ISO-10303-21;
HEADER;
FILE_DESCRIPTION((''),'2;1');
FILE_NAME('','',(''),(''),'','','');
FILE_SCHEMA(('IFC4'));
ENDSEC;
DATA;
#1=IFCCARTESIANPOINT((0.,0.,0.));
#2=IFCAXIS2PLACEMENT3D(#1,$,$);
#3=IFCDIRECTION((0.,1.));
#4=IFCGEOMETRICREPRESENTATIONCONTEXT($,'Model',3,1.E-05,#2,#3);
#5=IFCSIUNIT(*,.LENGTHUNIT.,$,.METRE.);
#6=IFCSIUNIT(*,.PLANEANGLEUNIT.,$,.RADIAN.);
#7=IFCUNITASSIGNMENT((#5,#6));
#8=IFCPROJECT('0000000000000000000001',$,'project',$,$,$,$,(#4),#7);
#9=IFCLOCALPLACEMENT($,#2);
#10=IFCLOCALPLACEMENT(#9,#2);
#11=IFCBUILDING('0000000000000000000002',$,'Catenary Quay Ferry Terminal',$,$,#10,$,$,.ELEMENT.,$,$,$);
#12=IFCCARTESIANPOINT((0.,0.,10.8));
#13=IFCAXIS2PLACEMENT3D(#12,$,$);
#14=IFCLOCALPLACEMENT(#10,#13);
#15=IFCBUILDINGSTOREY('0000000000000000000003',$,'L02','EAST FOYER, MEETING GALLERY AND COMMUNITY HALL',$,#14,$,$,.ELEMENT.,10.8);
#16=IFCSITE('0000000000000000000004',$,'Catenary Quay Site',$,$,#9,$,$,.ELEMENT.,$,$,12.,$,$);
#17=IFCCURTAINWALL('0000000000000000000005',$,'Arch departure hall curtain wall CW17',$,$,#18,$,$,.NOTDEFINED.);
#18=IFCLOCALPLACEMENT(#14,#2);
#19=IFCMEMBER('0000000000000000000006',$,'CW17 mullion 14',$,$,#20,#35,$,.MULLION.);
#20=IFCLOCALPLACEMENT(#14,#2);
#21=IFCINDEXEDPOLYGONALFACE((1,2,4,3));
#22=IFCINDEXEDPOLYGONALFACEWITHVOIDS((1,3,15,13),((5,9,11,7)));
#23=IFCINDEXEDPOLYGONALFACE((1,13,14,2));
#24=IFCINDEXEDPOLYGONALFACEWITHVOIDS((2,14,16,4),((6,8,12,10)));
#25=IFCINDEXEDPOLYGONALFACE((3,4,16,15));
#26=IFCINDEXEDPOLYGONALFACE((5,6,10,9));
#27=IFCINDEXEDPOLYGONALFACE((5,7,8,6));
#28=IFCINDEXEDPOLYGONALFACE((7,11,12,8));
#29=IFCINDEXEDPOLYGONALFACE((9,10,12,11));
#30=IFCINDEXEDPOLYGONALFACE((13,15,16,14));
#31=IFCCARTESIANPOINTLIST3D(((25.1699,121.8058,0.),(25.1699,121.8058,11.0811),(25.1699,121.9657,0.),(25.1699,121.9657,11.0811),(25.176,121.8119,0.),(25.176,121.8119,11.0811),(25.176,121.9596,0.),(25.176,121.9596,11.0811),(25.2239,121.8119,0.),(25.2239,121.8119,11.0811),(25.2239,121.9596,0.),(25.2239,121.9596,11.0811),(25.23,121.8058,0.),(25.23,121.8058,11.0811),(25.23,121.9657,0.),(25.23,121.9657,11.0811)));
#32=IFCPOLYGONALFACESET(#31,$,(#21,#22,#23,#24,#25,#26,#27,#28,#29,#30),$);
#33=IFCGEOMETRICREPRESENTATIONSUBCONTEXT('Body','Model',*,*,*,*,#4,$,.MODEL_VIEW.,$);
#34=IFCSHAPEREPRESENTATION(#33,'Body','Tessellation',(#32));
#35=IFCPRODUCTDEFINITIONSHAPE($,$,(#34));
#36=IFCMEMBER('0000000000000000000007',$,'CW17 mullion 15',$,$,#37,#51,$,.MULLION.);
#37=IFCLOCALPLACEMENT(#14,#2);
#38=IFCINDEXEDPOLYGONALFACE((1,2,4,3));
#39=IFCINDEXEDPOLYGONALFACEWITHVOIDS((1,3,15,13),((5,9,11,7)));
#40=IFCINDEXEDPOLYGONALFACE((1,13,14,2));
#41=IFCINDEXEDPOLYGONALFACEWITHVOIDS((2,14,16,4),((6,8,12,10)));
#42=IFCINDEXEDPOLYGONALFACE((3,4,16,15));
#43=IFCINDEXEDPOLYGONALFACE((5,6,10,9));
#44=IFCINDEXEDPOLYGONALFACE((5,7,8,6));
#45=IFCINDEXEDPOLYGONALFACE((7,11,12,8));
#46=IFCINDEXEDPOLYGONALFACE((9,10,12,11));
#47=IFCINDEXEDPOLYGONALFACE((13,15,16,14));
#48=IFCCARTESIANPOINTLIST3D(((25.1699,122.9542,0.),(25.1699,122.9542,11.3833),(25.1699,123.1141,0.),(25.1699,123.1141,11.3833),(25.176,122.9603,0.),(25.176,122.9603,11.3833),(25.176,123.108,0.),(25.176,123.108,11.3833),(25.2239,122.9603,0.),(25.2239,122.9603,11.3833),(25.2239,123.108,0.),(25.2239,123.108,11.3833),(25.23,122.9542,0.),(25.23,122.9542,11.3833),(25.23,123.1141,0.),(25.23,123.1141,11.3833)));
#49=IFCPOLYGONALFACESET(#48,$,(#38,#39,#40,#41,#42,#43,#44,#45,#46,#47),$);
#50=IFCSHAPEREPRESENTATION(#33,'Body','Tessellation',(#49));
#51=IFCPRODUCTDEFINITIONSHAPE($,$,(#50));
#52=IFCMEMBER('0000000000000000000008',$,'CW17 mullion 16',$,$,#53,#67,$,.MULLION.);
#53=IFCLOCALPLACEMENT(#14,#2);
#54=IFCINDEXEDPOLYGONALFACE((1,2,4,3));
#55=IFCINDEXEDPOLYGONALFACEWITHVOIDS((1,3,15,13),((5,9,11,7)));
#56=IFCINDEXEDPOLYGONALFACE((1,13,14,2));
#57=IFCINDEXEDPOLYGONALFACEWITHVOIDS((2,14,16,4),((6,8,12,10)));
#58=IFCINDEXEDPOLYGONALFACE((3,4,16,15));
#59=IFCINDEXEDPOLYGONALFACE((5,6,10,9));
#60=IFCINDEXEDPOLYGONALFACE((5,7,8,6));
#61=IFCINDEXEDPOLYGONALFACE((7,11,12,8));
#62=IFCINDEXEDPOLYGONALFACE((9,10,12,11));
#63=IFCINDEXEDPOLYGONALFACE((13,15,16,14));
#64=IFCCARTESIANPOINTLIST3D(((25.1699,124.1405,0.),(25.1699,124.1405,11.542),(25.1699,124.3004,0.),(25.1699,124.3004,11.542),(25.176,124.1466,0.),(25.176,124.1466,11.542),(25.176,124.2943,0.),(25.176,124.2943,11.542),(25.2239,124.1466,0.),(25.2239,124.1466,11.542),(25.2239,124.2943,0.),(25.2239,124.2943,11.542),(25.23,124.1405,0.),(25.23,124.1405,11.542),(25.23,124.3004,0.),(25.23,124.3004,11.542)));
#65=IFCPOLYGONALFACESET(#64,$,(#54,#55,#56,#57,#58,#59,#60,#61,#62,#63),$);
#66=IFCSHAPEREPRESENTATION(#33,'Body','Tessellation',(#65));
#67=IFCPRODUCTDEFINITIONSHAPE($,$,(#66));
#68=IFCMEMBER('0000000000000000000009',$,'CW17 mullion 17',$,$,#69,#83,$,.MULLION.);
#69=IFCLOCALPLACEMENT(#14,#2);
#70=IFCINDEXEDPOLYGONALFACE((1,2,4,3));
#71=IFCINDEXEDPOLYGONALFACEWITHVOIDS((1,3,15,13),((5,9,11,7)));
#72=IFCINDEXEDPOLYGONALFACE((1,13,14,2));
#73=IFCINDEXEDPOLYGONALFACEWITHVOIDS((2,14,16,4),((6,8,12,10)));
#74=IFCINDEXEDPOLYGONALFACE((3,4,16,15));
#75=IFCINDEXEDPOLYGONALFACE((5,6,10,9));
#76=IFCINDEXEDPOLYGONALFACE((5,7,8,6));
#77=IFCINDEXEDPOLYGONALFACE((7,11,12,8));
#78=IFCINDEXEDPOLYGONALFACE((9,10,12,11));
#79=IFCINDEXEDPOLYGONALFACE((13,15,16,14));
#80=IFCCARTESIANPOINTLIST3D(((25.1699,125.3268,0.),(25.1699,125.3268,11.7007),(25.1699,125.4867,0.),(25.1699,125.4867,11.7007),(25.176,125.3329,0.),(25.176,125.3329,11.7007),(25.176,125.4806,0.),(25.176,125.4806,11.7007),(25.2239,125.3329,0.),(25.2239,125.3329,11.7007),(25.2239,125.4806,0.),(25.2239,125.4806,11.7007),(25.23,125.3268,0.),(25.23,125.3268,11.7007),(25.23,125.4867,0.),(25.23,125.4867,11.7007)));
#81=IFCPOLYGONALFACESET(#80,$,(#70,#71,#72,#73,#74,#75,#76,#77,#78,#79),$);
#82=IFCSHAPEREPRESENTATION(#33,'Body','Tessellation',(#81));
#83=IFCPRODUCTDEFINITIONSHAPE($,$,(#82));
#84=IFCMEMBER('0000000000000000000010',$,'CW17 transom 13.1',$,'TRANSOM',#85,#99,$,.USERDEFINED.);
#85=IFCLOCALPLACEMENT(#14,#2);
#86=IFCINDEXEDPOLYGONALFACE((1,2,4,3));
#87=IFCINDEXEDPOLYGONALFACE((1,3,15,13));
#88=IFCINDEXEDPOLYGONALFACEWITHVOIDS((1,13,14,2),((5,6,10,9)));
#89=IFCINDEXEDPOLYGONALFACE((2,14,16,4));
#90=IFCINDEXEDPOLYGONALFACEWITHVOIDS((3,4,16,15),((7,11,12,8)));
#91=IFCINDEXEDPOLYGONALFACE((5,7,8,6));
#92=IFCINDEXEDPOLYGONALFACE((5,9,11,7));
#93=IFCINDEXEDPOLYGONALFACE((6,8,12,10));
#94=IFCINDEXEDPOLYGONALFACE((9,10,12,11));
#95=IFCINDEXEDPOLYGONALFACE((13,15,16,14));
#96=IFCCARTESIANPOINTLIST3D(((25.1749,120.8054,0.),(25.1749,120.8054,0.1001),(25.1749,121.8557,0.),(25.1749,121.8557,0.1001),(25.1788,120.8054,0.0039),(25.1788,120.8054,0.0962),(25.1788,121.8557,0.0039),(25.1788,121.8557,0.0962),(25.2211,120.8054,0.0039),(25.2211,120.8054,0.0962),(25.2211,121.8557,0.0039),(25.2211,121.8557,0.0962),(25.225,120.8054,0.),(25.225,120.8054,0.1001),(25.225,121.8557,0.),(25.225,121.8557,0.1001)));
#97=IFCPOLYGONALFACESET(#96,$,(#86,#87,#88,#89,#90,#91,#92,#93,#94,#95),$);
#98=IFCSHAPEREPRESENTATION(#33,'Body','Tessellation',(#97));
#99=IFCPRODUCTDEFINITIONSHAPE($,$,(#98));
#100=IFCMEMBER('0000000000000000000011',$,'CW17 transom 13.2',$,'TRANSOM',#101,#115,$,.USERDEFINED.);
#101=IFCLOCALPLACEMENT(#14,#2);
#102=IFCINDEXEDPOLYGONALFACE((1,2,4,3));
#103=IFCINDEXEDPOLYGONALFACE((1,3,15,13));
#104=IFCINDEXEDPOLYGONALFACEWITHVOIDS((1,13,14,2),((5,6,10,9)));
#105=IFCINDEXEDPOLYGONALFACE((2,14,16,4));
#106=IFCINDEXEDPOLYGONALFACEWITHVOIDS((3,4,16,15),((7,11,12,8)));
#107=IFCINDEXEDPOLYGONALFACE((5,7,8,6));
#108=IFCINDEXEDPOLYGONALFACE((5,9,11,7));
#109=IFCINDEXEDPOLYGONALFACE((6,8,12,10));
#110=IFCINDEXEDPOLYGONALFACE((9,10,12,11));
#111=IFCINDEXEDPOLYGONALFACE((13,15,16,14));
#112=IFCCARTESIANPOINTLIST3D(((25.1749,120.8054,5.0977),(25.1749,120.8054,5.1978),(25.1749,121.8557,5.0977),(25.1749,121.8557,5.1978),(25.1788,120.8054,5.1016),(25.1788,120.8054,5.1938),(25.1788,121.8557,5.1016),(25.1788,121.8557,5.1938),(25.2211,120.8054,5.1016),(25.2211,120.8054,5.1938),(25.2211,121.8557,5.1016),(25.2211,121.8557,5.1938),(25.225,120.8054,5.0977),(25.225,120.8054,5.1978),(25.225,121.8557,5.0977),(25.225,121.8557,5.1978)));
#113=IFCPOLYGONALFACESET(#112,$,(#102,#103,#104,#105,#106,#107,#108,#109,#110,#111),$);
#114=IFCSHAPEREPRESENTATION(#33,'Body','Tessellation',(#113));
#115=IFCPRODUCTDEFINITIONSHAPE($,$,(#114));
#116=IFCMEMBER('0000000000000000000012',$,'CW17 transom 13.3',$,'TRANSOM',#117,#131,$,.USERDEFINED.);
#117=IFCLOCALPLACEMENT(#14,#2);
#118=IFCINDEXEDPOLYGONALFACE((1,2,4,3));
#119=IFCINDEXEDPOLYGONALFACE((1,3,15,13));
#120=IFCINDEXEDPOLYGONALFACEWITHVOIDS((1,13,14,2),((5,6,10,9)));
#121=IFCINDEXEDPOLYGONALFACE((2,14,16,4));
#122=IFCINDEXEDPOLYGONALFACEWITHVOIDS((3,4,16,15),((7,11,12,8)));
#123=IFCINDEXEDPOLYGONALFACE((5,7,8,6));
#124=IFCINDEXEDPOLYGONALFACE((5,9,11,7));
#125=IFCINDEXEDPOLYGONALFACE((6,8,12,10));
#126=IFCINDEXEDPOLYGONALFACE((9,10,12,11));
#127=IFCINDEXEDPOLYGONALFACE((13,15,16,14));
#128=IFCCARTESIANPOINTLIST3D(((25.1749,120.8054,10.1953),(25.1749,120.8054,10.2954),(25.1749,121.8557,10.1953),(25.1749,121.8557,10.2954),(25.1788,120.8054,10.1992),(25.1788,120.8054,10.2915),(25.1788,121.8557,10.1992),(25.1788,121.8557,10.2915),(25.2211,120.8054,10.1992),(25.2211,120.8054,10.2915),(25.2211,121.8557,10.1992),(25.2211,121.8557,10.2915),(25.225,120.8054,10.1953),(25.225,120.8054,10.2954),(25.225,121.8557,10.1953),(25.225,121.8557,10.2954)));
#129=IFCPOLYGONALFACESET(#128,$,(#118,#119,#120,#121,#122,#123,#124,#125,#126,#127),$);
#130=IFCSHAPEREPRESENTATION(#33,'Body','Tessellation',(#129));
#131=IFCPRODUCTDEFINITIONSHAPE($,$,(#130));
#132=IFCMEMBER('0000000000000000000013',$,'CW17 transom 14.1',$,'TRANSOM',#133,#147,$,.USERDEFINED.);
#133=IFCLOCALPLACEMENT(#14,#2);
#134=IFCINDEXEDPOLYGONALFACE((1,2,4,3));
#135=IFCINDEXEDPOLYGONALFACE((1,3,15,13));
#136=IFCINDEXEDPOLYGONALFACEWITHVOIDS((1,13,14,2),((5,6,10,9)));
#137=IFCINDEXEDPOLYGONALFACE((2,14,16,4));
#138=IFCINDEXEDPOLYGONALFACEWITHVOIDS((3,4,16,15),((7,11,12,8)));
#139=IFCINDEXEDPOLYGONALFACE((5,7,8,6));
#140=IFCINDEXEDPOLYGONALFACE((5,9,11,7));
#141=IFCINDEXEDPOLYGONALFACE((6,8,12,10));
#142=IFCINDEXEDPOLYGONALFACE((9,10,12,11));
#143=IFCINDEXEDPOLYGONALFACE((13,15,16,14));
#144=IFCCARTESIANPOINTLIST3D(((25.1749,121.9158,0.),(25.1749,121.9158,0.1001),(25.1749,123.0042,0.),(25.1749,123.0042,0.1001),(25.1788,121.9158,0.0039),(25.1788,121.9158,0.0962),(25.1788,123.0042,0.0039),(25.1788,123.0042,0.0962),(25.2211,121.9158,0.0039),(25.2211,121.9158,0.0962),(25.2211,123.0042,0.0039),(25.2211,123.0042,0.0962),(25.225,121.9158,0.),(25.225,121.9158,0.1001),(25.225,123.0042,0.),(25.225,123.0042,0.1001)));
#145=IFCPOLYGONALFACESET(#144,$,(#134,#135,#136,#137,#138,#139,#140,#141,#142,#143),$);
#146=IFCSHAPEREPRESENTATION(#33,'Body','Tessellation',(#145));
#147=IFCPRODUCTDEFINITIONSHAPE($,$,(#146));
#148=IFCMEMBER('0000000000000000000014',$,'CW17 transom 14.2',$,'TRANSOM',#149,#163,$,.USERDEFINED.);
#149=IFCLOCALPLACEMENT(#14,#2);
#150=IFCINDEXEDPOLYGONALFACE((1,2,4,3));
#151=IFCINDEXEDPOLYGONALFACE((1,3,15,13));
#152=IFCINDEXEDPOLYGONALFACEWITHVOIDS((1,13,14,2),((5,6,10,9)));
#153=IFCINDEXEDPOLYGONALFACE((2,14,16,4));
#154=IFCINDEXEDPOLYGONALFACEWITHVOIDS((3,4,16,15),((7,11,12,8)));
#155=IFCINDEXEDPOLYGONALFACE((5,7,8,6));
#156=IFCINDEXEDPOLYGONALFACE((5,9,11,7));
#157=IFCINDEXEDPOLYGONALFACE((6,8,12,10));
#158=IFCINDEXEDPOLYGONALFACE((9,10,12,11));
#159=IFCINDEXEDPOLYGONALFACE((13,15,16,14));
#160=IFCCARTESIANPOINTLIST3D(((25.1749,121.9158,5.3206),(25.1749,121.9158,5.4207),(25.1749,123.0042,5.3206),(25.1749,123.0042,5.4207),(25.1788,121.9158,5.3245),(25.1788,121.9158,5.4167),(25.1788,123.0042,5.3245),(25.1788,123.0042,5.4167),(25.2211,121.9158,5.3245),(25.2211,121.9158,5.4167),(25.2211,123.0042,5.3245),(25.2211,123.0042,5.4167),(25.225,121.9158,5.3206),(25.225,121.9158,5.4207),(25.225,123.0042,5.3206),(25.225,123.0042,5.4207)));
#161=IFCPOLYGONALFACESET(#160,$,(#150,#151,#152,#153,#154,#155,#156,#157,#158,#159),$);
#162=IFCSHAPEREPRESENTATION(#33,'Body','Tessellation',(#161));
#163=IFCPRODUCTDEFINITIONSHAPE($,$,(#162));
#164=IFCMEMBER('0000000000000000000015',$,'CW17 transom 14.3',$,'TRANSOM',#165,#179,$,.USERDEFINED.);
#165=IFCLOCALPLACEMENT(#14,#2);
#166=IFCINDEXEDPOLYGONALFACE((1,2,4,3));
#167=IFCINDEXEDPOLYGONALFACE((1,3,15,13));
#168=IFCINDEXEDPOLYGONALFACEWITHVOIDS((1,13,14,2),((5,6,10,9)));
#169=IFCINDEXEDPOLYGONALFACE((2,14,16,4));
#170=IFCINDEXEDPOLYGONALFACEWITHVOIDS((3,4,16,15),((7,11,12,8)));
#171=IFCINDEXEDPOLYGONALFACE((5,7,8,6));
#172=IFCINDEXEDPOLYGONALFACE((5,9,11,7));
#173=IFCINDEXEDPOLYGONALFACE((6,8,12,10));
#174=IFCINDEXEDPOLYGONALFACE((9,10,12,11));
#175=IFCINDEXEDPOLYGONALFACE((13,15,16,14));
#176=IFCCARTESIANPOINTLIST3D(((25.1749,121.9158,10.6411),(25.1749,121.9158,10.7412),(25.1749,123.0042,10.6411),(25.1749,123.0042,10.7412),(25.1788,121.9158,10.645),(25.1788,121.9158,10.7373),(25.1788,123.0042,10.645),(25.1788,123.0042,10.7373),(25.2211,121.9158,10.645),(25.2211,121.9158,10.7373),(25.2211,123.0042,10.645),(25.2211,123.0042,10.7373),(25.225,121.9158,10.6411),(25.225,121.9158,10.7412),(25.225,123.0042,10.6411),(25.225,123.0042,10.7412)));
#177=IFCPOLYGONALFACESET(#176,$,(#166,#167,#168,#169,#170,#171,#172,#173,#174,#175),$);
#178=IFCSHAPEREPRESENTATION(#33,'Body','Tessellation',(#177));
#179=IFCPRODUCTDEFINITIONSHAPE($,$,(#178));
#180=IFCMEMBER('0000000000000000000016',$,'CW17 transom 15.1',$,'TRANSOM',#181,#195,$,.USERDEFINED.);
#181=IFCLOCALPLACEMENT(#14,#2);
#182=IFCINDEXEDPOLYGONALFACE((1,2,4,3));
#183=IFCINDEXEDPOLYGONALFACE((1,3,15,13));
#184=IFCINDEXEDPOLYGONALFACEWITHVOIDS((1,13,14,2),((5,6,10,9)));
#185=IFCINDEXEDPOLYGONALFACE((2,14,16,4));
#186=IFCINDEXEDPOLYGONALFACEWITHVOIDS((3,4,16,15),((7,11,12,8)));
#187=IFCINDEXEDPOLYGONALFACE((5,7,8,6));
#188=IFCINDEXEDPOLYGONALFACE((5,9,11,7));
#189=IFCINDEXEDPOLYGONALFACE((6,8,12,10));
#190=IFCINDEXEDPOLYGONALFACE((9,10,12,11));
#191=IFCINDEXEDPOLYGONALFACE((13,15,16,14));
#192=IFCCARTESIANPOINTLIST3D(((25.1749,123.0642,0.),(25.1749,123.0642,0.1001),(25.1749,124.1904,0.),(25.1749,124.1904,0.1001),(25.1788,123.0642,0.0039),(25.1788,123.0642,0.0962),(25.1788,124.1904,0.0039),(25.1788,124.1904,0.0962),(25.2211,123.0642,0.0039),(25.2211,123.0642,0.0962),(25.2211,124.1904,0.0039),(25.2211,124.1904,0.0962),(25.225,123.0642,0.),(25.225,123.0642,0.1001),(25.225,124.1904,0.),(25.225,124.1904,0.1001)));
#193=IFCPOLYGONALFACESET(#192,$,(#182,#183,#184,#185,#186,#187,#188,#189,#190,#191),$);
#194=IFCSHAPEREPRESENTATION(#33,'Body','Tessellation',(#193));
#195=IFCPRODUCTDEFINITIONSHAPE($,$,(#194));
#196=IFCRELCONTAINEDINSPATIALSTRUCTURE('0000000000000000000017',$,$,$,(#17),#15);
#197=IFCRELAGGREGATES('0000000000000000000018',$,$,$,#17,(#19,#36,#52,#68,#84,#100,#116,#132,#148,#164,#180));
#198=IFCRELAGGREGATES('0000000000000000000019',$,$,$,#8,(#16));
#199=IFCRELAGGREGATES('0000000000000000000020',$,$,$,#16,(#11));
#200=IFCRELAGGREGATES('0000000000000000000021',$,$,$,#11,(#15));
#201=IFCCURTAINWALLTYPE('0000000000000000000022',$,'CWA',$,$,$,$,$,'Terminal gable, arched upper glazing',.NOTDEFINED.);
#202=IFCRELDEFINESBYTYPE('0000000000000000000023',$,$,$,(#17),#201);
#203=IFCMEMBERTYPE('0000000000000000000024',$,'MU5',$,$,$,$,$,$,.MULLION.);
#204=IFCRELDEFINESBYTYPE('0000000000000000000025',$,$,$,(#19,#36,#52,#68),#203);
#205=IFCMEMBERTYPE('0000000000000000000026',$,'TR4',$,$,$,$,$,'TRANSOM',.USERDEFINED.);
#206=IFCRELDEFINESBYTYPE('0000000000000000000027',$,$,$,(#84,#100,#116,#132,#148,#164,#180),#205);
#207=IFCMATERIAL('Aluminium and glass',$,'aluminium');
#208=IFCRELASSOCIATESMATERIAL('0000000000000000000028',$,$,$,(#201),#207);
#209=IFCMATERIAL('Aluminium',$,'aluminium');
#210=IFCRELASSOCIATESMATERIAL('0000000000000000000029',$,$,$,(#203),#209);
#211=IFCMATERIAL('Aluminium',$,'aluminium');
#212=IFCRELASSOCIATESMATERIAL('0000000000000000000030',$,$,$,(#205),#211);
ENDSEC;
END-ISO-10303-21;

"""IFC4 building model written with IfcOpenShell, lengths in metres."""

from ifc_helpers import new_model, si_unit, direction, frame, origin, origin_2d, place, context, subcontext, project, spatial, hollow_rectangle, extrude, material, material_profile, profile_set, type_object, element, aggregate, save


model = new_model("IFC4")

# Units and contexts
model_context = context("Model", 3, precision=1e-05, world=origin(), true_north=direction((0.0, 1.0)))
body_context = subcontext(model_context, "Body", "Model", "MODEL_VIEW")
ifc_project = project(units=[si_unit("LENGTHUNIT", "METRE"), si_unit("PLANEANGLEUNIT", "RADIAN")], contexts=[model_context])

# Site, building, storey
site_placement = place(None, origin())
site = spatial("IfcSite", under=ifc_project, at=site_placement, Name="Catenary Quay Site", CompositionType="ELEMENT", RefElevation=12.0)
building_placement = place(site_placement, origin())
building = spatial("IfcBuilding", under=site, at=building_placement, Name="Catenary Quay Ferry Terminal", CompositionType="ELEMENT")
storey_placement = place(building_placement, frame((0.0, 0.0, 10.8)))
storey = spatial("IfcBuildingStorey", under=building, at=storey_placement, Name="L02", Description="EAST FOYER, MEETING GALLERY AND COMMUNITY HALL", CompositionType="ELEMENT", Elevation=10.8)

# Curtain wall, members
ifc_material_1 = material(Name="Aluminium and glass", Category="aluminium")
curtain_wall_type = type_object("IfcCurtainWallType", Name="CWA", ElementType="Terminal gable, arched upper glazing", PredefinedType="NOTDEFINED", material=ifc_material_1)
curtain_wall_placement = place(storey_placement, origin())
curtain_wall = element("IfcCurtainWall", 1, at=curtain_wall_placement, inside=storey, type_object=curtain_wall_type, Name="Arch departure hall curtain wall CW17", PredefinedType="NOTDEFINED")
ifc_material_2 = material(Name="Aluminium", Category="aluminium")
ifc_material_profile_1 = material_profile(ifc_material_2, hollow_rectangle(XDim=0.0601, YDim=0.1599, WallThickness=0.0061, at=origin_2d()), Name="MU5")
ifc_profile_set_1 = profile_set([ifc_material_profile_1], Name="Aluminium")
member_type_1 = type_object("IfcMemberType", Name="MU5", PredefinedType="MULLION", material=ifc_profile_set_1)
member_1_placement = place(storey_placement, frame((25.2, 121.8857, 0.0), z_axis=(0.0, 0.0, 1.0), x_axis=(-1.0, 0.0, 0.0)))
member_1 = element("IfcMember", 2, at=member_1_placement, type_object=member_type_1, Name="CW17 mullion 14", PredefinedType="MULLION", context=body_context, shape_type="SweptSolid", body=[
    extrude(hollow_rectangle(XDim=0.0601, YDim=0.1599, WallThickness=0.0061, at=origin_2d()), origin(), (0.0, 0.0, 1.0), 11.0811),
])
member_2_placement = place(storey_placement, frame((25.2, 123.0342, 0.0), z_axis=(0.0, 0.0, 1.0), x_axis=(-1.0, 0.0, 0.0)))
member_2 = element("IfcMember", 3, at=member_2_placement, type_object=member_type_1, Name="CW17 mullion 15", PredefinedType="MULLION", context=body_context, shape_type="SweptSolid", body=[
    extrude(hollow_rectangle(XDim=0.0601, YDim=0.1599, WallThickness=0.0061, at=origin_2d()), origin(), (0.0, 0.0, 1.0), 11.3833),
])
member_3_placement = place(storey_placement, frame((25.2, 124.2205, 0.0), z_axis=(0.0, 0.0, 1.0), x_axis=(-1.0, 0.0, 0.0)))
member_3 = element("IfcMember", 4, at=member_3_placement, type_object=member_type_1, Name="CW17 mullion 16", PredefinedType="MULLION", context=body_context, shape_type="SweptSolid", body=[
    extrude(hollow_rectangle(XDim=0.0601, YDim=0.1599, WallThickness=0.0061, at=origin_2d()), origin(), (0.0, 0.0, 1.0), 11.542),
])
member_4_placement = place(storey_placement, frame((25.2, 125.4067, 0.0), z_axis=(0.0, 0.0, 1.0), x_axis=(-1.0, 0.0, 0.0)))
member_4 = element("IfcMember", 5, at=member_4_placement, type_object=member_type_1, Name="CW17 mullion 17", PredefinedType="MULLION", context=body_context, shape_type="SweptSolid", body=[
    extrude(hollow_rectangle(XDim=0.0601, YDim=0.1599, WallThickness=0.0061, at=origin_2d()), origin(), (0.0, 0.0, 1.0), 11.7007),
])
ifc_material_3 = material(Name="Aluminium", Category="aluminium")
ifc_material_profile_2 = material_profile(ifc_material_3, hollow_rectangle(XDim=0.05, YDim=0.1001, WallThickness=0.0039, at=origin_2d()), Name="TR4")
ifc_profile_set_2 = profile_set([ifc_material_profile_2], Name="Aluminium")
member_type_2 = type_object("IfcMemberType", Name="TR4", ElementType="TRANSOM", PredefinedType="USERDEFINED", material=ifc_profile_set_2)
member_5_placement = place(storey_placement, frame((25.2, 120.8054, 0.05), z_axis=(0.0, 1.0, 0.0), x_axis=(-1.0, 0.0, 0.0)))
member_5 = element("IfcMember", 6, at=member_5_placement, type_object=member_type_2, Name="CW17 transom 13.1", ObjectType="TRANSOM", PredefinedType="USERDEFINED", context=body_context, shape_type="SweptSolid", body=[
    extrude(hollow_rectangle(XDim=0.05, YDim=0.1001, WallThickness=0.0039, at=origin_2d()), origin(), (0.0, 0.0, 1.0), 1.0503),
])
member_6_placement = place(storey_placement, frame((25.2, 120.8054, 5.1477), z_axis=(0.0, 1.0, 0.0), x_axis=(-1.0, 0.0, 0.0)))
member_6 = element("IfcMember", 7, at=member_6_placement, type_object=member_type_2, Name="CW17 transom 13.2", ObjectType="TRANSOM", PredefinedType="USERDEFINED", context=body_context, shape_type="SweptSolid", body=[
    extrude(hollow_rectangle(XDim=0.05, YDim=0.1001, WallThickness=0.0039, at=origin_2d()), origin(), (0.0, 0.0, 1.0), 1.0503),
])
member_7_placement = place(storey_placement, frame((25.2, 120.8054, 10.2454), z_axis=(0.0, 1.0, 0.0), x_axis=(-1.0, 0.0, 0.0)))
member_7 = element("IfcMember", 8, at=member_7_placement, type_object=member_type_2, Name="CW17 transom 13.3", ObjectType="TRANSOM", PredefinedType="USERDEFINED", context=body_context, shape_type="SweptSolid", body=[
    extrude(hollow_rectangle(XDim=0.05, YDim=0.1001, WallThickness=0.0039, at=origin_2d()), origin(), (0.0, 0.0, 1.0), 1.0503),
])
member_8_placement = place(storey_placement, frame((25.2, 121.9158, 0.05), z_axis=(0.0, 1.0, 0.0), x_axis=(-1.0, 0.0, 0.0)))
member_8 = element("IfcMember", 9, at=member_8_placement, type_object=member_type_2, Name="CW17 transom 14.1", ObjectType="TRANSOM", PredefinedType="USERDEFINED", context=body_context, shape_type="SweptSolid", body=[
    extrude(hollow_rectangle(XDim=0.05, YDim=0.1001, WallThickness=0.0039, at=origin_2d()), origin(), (0.0, 0.0, 1.0), 1.0884),
])
member_9_placement = place(storey_placement, frame((25.2, 121.9158, 5.3706), z_axis=(0.0, 1.0, 0.0), x_axis=(-1.0, 0.0, 0.0)))
member_9 = element("IfcMember", 10, at=member_9_placement, type_object=member_type_2, Name="CW17 transom 14.2", ObjectType="TRANSOM", PredefinedType="USERDEFINED", context=body_context, shape_type="SweptSolid", body=[
    extrude(hollow_rectangle(XDim=0.05, YDim=0.1001, WallThickness=0.0039, at=origin_2d()), origin(), (0.0, 0.0, 1.0), 1.0884),
])
member_10_placement = place(storey_placement, frame((25.2, 121.9158, 10.6912), z_axis=(0.0, 1.0, 0.0), x_axis=(-1.0, 0.0, 0.0)))
member_10 = element("IfcMember", 11, at=member_10_placement, type_object=member_type_2, Name="CW17 transom 14.3", ObjectType="TRANSOM", PredefinedType="USERDEFINED", context=body_context, shape_type="SweptSolid", body=[
    extrude(hollow_rectangle(XDim=0.05, YDim=0.1001, WallThickness=0.0039, at=origin_2d()), origin(), (0.0, 0.0, 1.0), 1.0884),
])
member_11_placement = place(storey_placement, frame((25.2, 123.0642, 0.05), z_axis=(0.0, 1.0, 0.0), x_axis=(-1.0, 0.0, 0.0)))
member_11 = element("IfcMember", 12, at=member_11_placement, type_object=member_type_2, Name="CW17 transom 15.1", ObjectType="TRANSOM", PredefinedType="USERDEFINED", context=body_context, shape_type="SweptSolid", body=[
    extrude(hollow_rectangle(XDim=0.05, YDim=0.1001, WallThickness=0.0039, at=origin_2d()), origin(), (0.0, 0.0, 1.0), 1.1262),
])
aggregate(curtain_wall, [member_1, member_2, member_3, member_4, member_5, member_6, member_7, member_8, member_9, member_10, member_11])

save(model, "model.ifc")
